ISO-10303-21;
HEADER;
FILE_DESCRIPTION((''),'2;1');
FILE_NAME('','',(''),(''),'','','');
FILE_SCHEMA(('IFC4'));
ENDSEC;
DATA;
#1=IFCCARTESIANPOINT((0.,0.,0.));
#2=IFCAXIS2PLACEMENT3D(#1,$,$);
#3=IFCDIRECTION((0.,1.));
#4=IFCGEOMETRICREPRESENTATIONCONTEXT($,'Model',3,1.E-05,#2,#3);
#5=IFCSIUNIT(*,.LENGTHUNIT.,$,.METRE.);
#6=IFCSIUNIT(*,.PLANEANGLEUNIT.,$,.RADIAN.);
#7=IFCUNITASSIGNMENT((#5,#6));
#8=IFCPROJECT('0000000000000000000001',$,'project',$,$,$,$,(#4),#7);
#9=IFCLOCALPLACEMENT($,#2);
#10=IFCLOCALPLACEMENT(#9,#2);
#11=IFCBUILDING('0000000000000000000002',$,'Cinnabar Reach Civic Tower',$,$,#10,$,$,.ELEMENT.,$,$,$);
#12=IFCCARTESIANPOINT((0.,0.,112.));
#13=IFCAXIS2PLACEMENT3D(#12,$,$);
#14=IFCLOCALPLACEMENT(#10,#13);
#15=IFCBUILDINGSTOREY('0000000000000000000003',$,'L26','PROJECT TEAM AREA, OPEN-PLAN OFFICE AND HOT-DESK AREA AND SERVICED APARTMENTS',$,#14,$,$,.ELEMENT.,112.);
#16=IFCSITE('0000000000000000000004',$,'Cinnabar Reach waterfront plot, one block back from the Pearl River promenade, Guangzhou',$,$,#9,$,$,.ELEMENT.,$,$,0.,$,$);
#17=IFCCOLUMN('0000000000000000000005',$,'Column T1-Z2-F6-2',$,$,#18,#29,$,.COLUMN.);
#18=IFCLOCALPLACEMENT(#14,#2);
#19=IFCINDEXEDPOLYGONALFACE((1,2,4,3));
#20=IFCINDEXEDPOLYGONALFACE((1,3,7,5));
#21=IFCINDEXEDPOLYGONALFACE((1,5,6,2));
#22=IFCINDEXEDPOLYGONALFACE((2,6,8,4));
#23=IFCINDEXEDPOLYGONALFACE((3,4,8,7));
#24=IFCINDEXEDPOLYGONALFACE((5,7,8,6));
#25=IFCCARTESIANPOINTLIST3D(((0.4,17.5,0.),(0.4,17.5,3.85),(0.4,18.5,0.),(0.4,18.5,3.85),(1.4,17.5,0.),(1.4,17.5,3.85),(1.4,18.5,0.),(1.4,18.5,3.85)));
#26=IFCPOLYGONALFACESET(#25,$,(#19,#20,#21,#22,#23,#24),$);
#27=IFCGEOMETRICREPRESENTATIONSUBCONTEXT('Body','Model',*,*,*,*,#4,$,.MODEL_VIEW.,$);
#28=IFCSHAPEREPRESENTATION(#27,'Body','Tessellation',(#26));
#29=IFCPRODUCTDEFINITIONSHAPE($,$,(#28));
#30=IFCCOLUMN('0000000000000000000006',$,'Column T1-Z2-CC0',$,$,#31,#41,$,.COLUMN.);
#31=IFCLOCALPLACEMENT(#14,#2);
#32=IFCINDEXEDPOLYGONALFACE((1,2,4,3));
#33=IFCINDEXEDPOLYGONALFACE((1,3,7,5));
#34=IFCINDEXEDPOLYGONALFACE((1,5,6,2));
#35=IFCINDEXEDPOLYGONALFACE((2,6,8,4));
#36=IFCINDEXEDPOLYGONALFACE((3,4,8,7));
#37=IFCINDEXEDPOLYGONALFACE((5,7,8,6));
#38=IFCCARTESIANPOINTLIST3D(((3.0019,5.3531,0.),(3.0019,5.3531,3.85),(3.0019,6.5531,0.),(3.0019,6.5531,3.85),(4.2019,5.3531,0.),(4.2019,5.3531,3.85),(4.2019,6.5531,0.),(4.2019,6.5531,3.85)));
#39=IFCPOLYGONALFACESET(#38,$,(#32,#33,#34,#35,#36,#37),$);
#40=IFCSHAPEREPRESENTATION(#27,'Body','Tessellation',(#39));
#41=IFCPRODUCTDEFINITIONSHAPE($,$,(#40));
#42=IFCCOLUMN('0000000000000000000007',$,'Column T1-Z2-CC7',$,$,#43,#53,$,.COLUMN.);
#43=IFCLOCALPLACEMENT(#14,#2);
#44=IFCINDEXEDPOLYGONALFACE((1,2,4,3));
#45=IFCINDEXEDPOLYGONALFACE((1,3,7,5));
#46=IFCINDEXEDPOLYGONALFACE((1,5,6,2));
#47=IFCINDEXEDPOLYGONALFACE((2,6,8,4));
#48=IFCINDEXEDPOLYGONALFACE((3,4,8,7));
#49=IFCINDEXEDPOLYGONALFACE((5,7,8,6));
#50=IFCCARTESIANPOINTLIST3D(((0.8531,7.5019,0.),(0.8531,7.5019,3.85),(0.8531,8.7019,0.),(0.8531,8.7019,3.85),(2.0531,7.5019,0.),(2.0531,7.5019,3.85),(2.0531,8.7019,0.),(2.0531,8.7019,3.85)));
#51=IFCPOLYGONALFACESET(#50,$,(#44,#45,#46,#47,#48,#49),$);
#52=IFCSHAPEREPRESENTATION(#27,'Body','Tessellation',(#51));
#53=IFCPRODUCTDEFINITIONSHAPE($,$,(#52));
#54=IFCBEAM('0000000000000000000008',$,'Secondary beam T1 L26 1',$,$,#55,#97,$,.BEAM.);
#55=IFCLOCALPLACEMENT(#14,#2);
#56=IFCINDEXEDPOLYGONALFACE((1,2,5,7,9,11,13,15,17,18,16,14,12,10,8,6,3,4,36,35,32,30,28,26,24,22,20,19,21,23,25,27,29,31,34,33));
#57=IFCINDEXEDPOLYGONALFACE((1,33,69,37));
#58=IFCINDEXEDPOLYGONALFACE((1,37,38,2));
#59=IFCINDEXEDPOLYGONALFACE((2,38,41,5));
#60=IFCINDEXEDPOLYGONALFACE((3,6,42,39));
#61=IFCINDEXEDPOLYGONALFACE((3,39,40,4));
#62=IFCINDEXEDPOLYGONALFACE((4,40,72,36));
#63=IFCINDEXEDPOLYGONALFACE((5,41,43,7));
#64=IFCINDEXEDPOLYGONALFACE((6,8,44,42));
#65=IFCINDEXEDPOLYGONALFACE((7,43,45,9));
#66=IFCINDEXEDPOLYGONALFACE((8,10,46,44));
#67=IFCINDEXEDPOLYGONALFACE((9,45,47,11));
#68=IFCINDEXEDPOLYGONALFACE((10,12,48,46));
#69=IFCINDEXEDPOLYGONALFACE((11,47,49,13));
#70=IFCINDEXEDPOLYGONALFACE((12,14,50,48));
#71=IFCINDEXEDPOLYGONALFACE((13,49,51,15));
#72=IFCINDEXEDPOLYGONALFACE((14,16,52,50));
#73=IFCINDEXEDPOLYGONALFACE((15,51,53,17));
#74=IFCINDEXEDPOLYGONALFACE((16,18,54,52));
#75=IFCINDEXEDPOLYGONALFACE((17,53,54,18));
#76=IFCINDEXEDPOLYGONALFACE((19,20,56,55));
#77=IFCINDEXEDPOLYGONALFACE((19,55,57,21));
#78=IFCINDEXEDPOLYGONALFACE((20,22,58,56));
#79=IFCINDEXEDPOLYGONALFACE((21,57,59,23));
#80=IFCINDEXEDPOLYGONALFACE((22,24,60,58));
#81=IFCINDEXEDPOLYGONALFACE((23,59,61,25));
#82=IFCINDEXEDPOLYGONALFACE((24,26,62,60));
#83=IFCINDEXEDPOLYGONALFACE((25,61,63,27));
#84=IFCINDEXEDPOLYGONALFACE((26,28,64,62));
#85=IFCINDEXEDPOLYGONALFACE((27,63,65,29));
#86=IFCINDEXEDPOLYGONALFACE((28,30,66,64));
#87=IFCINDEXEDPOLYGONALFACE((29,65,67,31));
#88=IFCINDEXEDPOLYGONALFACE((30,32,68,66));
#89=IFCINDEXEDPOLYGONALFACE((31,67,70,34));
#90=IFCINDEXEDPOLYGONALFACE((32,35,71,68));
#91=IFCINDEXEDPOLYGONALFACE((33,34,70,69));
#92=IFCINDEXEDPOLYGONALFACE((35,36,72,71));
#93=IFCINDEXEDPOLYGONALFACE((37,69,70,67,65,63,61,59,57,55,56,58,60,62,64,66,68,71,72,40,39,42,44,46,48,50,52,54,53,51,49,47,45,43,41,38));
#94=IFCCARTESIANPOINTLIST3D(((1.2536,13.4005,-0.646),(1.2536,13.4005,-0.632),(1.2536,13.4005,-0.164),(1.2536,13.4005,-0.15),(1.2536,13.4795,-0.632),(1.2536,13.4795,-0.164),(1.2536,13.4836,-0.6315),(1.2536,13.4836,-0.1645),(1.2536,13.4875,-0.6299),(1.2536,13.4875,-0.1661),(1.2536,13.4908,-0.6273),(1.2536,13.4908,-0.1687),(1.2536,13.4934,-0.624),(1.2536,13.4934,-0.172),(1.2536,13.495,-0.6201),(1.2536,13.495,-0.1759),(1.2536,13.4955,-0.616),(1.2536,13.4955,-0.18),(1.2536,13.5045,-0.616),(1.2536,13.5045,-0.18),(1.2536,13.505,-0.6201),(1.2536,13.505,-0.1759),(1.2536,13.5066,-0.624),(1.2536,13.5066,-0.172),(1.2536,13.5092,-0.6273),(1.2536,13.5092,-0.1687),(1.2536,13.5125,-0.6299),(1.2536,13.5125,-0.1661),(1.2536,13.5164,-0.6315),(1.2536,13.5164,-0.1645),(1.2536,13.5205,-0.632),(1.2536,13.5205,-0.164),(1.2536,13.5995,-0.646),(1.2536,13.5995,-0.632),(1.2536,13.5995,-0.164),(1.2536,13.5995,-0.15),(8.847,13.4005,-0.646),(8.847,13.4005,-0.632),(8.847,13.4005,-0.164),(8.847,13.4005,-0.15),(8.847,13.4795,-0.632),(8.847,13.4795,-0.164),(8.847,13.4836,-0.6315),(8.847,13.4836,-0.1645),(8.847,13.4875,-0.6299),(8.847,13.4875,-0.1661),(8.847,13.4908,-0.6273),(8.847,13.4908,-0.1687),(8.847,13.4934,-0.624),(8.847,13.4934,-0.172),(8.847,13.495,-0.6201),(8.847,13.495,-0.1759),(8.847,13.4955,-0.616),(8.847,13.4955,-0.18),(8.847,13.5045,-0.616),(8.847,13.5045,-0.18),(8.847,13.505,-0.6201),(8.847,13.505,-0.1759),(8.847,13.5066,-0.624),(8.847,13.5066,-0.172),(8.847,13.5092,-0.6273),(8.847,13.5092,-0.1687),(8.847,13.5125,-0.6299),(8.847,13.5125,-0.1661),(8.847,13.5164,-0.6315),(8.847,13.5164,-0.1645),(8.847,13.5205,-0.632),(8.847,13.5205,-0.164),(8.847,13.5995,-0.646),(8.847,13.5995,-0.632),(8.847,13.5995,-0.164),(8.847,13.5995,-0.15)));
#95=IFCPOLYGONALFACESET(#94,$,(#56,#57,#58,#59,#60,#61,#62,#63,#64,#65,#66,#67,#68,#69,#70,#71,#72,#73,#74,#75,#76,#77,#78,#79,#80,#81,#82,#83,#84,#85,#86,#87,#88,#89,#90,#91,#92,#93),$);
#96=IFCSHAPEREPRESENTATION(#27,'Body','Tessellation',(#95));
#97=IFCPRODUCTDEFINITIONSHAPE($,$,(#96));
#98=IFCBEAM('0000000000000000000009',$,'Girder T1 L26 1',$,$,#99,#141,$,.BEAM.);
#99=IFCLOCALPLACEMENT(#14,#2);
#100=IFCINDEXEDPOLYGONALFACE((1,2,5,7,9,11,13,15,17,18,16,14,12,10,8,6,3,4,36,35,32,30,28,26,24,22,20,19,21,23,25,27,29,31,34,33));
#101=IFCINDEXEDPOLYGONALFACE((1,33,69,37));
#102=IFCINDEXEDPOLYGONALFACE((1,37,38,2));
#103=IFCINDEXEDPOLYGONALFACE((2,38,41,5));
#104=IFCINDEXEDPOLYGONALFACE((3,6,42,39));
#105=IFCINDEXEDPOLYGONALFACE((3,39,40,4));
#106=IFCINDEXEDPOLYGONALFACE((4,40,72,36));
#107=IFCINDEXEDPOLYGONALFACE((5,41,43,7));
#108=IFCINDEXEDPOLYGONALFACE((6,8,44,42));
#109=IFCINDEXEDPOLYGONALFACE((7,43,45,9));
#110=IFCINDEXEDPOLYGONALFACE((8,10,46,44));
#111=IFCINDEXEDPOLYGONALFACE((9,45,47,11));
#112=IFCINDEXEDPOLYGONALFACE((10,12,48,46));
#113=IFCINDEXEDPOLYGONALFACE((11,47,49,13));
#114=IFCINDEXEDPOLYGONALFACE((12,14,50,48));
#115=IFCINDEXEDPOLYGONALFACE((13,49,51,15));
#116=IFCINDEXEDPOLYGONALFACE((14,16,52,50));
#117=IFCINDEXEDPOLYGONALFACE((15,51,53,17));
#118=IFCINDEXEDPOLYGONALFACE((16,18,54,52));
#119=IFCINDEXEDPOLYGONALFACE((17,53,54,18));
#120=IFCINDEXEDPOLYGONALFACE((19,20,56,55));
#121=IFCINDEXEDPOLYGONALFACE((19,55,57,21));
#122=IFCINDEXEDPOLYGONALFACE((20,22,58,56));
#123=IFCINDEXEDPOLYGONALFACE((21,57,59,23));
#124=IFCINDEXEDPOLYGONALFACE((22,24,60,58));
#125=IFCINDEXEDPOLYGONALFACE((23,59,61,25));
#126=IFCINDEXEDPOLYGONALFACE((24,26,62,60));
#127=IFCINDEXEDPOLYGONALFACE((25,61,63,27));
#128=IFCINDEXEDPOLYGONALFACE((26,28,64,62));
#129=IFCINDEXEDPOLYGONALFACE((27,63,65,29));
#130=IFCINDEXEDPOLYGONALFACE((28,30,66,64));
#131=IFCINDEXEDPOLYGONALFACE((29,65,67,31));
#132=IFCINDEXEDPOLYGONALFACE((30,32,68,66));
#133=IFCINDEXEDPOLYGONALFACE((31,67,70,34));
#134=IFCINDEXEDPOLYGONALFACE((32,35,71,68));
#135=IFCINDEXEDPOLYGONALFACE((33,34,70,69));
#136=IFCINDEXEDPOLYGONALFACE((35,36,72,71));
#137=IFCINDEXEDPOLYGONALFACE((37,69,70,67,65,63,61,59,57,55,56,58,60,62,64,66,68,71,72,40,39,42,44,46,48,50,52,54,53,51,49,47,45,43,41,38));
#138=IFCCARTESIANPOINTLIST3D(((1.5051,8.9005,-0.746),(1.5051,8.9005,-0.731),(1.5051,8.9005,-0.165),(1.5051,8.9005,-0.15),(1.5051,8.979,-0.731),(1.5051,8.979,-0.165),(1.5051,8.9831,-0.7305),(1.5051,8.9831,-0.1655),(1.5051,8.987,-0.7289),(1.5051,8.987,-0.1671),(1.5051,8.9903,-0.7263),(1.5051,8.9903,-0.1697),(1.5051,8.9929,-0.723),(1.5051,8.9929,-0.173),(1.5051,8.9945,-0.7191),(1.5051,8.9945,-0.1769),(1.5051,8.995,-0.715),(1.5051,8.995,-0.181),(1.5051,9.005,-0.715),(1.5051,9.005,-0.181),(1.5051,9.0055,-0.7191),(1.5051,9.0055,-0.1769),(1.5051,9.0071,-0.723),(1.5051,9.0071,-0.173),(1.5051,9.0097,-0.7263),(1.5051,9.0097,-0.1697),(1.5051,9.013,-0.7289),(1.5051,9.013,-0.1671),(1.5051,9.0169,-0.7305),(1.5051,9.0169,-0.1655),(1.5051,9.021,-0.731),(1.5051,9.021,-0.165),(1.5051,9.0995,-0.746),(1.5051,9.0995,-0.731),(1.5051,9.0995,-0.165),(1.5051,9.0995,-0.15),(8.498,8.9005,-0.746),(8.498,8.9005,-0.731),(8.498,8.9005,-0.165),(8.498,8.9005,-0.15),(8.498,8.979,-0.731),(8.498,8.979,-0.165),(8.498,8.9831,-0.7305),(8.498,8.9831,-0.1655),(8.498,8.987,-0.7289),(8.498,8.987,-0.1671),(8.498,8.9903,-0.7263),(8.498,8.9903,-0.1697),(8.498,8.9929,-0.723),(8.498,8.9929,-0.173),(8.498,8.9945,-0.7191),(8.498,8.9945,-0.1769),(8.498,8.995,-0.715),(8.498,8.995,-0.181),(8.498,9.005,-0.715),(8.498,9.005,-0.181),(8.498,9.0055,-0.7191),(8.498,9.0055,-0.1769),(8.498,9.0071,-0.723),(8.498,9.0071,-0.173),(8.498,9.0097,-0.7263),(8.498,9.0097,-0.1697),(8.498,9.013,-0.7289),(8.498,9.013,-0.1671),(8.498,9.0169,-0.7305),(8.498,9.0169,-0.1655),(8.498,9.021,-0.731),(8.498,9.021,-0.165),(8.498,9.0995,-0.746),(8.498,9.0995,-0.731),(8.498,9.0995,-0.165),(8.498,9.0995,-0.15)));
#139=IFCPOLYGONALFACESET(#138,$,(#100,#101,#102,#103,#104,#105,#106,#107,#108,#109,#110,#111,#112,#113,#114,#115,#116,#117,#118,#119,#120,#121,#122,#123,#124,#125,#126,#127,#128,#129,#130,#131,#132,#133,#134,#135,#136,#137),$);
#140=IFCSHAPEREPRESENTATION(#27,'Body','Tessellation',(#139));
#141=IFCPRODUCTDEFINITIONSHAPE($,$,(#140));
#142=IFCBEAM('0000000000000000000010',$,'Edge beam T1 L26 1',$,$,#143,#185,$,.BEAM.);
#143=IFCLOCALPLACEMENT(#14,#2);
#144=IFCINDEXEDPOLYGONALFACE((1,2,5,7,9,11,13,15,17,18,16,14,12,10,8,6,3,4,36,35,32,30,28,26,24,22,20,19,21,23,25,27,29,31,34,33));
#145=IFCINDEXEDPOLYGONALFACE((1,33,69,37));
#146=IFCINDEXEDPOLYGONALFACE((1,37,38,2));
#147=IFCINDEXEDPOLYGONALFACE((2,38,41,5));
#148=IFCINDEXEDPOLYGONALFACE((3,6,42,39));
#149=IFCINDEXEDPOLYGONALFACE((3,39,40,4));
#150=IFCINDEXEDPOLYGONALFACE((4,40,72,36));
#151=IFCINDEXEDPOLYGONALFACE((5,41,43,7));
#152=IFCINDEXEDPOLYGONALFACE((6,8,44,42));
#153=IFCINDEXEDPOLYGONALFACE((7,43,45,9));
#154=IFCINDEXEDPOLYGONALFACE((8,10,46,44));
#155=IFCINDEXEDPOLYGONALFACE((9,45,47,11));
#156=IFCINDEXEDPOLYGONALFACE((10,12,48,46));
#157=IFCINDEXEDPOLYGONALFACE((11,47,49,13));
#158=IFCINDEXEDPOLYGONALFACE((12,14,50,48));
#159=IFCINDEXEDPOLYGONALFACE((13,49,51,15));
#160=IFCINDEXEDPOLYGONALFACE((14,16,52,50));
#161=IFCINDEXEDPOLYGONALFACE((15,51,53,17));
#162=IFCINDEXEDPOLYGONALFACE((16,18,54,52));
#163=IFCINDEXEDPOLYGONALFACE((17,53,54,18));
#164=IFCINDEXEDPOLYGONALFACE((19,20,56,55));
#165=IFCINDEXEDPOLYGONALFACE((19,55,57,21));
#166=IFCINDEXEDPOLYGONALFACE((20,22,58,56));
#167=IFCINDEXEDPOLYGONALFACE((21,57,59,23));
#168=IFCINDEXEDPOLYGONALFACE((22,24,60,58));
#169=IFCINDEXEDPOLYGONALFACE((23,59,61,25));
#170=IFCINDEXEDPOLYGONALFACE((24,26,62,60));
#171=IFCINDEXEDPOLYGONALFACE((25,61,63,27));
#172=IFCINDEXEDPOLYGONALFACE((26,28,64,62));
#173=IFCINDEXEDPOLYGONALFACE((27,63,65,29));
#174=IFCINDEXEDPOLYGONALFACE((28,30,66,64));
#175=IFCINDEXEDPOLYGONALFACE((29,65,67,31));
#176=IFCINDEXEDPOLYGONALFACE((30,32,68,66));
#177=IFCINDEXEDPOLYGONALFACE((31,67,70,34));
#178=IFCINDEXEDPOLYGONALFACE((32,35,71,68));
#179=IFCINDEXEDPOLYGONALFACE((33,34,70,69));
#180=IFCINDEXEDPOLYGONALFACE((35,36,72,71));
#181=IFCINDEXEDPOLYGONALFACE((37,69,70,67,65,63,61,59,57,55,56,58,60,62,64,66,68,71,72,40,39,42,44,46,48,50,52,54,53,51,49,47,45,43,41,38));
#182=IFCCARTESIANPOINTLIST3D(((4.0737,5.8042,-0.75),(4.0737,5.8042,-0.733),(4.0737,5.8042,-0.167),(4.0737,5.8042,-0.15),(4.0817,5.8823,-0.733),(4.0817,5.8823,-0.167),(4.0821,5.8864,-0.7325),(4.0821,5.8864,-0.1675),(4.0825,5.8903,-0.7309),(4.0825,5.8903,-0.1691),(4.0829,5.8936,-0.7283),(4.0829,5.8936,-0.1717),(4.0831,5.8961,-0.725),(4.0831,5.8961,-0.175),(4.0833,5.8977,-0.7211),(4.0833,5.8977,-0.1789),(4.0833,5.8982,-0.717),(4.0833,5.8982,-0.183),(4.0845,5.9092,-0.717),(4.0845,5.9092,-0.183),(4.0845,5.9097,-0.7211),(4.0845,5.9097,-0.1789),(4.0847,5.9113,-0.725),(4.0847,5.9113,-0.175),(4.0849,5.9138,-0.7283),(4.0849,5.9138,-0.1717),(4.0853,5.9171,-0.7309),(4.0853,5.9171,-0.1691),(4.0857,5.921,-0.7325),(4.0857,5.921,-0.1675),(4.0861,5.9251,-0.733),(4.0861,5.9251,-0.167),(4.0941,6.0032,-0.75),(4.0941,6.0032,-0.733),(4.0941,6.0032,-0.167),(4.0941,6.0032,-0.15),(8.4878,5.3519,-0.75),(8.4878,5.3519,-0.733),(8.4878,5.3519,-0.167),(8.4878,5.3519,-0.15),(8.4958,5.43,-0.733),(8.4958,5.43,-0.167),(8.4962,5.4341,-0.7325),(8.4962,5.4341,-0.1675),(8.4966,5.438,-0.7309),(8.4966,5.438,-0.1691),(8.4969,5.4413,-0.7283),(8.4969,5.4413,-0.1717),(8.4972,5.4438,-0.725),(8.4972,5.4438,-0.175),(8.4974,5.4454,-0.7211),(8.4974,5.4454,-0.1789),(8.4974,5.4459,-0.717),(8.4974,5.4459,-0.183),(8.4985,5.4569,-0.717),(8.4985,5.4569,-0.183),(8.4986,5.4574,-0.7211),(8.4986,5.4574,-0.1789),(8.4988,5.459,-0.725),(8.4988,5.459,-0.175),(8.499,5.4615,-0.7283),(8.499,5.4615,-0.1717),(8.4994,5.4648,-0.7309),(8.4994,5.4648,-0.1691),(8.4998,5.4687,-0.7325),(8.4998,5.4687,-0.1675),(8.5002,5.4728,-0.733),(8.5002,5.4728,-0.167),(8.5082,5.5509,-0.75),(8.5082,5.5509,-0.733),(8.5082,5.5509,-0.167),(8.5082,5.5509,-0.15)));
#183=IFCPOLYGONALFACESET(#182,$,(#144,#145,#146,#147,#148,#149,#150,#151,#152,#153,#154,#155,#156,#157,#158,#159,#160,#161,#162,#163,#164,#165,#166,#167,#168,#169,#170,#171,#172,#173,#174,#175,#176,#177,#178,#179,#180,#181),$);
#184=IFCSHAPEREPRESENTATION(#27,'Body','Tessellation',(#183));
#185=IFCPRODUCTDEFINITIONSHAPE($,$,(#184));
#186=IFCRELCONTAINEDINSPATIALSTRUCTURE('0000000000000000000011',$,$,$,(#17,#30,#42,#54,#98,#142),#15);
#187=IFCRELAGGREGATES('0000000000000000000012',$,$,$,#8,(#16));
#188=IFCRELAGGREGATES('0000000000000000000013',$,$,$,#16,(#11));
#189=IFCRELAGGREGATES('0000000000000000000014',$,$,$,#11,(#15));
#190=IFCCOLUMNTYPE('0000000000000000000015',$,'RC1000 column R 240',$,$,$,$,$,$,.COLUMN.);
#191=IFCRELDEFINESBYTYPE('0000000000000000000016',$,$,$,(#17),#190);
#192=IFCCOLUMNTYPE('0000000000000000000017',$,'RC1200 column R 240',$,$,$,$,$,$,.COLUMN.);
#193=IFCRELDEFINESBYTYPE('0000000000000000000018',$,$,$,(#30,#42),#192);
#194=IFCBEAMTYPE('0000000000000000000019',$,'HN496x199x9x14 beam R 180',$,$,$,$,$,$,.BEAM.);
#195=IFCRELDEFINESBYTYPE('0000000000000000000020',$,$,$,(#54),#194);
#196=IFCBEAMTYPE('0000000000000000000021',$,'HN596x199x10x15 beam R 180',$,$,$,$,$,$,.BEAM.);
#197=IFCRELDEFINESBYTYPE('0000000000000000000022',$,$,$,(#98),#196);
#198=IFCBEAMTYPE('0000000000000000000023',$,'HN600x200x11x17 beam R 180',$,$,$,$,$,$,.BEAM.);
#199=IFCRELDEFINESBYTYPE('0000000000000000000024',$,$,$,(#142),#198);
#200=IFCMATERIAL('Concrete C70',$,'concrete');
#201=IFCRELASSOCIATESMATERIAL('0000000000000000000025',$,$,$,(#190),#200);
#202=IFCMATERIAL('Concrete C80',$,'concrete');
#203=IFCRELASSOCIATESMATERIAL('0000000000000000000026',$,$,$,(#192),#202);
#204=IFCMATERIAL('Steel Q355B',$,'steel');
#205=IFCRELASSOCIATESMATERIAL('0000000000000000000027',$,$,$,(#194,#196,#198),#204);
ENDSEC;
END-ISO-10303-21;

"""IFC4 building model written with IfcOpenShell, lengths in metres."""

from ifc_helpers import new_model, si_unit, direction, frame, origin, origin_2d, place, context, subcontext, project, spatial, rectangle, i_section, extrude, material, material_profile, profile_set, type_object, element, save


model = new_model("IFC4")

# Units and contexts
model_context = context("Model", 3, precision=1e-05, world=origin(), true_north=direction((0.0, 1.0)))
body_context = subcontext(model_context, "Body", "Model", "MODEL_VIEW")
ifc_project = project(units=[si_unit("LENGTHUNIT", "METRE"), si_unit("PLANEANGLEUNIT", "RADIAN")], contexts=[model_context])

# Site, building, storey
site_placement = place(None, origin())
site = spatial("IfcSite", under=ifc_project, at=site_placement, Name="Cinnabar Reach waterfront plot, one block back from the Pearl River promenade, Guangzhou", CompositionType="ELEMENT", RefElevation=0.0)
building_placement = place(site_placement, origin())
building = spatial("IfcBuilding", under=site, at=building_placement, Name="Cinnabar Reach Civic Tower", CompositionType="ELEMENT")
storey_placement = place(building_placement, frame((0.0, 0.0, 112.0)))
storey = spatial("IfcBuildingStorey", under=building, at=storey_placement, Name="L26", Description="PROJECT TEAM AREA, OPEN-PLAN OFFICE AND HOT-DESK AREA AND SERVICED APARTMENTS", CompositionType="ELEMENT", Elevation=112.0)

# Columns
ifc_material_1 = material(Name="Concrete C70", Category="concrete")
ifc_material_profile_1 = material_profile(ifc_material_1, rectangle(XDim=1.0, YDim=1.0, at=origin_2d()), Name="RC1000")
ifc_profile_set_1 = profile_set([ifc_material_profile_1], Name="Concrete C70")
column_type_1 = type_object("IfcColumnType", Name="RC1000 column R 240", PredefinedType="COLUMN", material=ifc_profile_set_1)
column_placement = place(storey_placement, frame((0.9, 18.0, 0.0), z_axis=(0.0, 0.0, 1.0), x_axis=(1.0, 0.0, 0.0)))
element("IfcColumn", 1, at=column_placement, inside=storey, type_object=column_type_1, Name="Column T1-Z2-F6-2", PredefinedType="COLUMN", context=body_context, shape_type="SweptSolid", body=[
    extrude(rectangle(XDim=1.0, YDim=1.0, at=origin_2d()), origin(), (0.0, 0.0, 1.0), 3.85),
])
ifc_material_2 = material(Name="Concrete C80", Category="concrete")
ifc_material_profile_2 = material_profile(ifc_material_2, rectangle(XDim=1.2, YDim=1.2, at=origin_2d()), Name="RC1200")
ifc_profile_set_2 = profile_set([ifc_material_profile_2], Name="Concrete C80")
column_type_2 = type_object("IfcColumnType", Name="RC1200 column R 240", PredefinedType="COLUMN", material=ifc_profile_set_2)
for number, where, z_axis, x_axis, name in (
    (2, (3.6019, 5.9531, 0.0), (0.0, 0.0, 1.0), (1.0, 0.0, 0.0), "Column T1-Z2-CC0"),
    (3, (1.4531, 8.1019, 0.0), (0.0, 0.0, 1.0), (1.0, 0.0, 0.0), "Column T1-Z2-CC7"),
):
    element("IfcColumn", number, at=place(storey_placement, frame(where, z_axis=z_axis, x_axis=x_axis)), inside=storey, type_object=column_type_2, Name=name, PredefinedType="COLUMN", context=body_context, shape_type="SweptSolid", body=[
        extrude(rectangle(XDim=1.2, YDim=1.2, at=origin_2d()), origin(), (0.0, 0.0, 1.0), 3.85),
    ])

# Beams
ifc_material_3 = material(Name="Steel Q355B", Category="steel")
ifc_material_profile_3 = material_profile(ifc_material_3, i_section(OverallWidth=0.199, OverallDepth=0.496, WebThickness=0.009, FlangeThickness=0.014, FilletRadius=0.016, at=origin_2d()), Name="HN496x199x9x14")
ifc_profile_set_3 = profile_set([ifc_material_profile_3], Name="Steel Q355B")
beam_type_1 = type_object("IfcBeamType", Name="HN496x199x9x14 beam R 180", PredefinedType="BEAM", material=ifc_profile_set_3)
beam_1_placement = place(storey_placement, frame((1.2536, 13.5, -0.398), z_axis=(1.0, 0.0, 0.0), x_axis=(0.0, 1.0, 0.0)))
element("IfcBeam", 4, at=beam_1_placement, inside=storey, type_object=beam_type_1, Name="Secondary beam T1 L26 1", PredefinedType="BEAM", context=body_context, shape_type="SweptSolid", body=[
    extrude(i_section(OverallWidth=0.199, OverallDepth=0.496, WebThickness=0.009, FlangeThickness=0.014, FilletRadius=0.016, at=origin_2d()), origin(), (0.0, 0.0, 1.0), 7.5934),
])
ifc_material_profile_4 = material_profile(ifc_material_3, i_section(OverallWidth=0.199, OverallDepth=0.596, WebThickness=0.01, FlangeThickness=0.015, FilletRadius=0.016, at=origin_2d()), Name="HN596x199x10x15")
ifc_profile_set_4 = profile_set([ifc_material_profile_4], Name="Steel Q355B")
beam_type_2 = type_object("IfcBeamType", Name="HN596x199x10x15 beam R 180", PredefinedType="BEAM", material=ifc_profile_set_4)
beam_2_placement = place(storey_placement, frame((1.5051, 9.0, -0.448), z_axis=(1.0, 0.0, 0.0), x_axis=(0.0, 1.0, 0.0)))
element("IfcBeam", 5, at=beam_2_placement, inside=storey, type_object=beam_type_2, Name="Girder T1 L26 1", PredefinedType="BEAM", context=body_context, shape_type="SweptSolid", body=[
    extrude(i_section(OverallWidth=0.199, OverallDepth=0.596, WebThickness=0.01, FlangeThickness=0.015, FilletRadius=0.016, at=origin_2d()), origin(), (0.0, 0.0, 1.0), 6.9929),
])
ifc_material_profile_5 = material_profile(ifc_material_3, i_section(OverallWidth=0.2, OverallDepth=0.6, WebThickness=0.011, FlangeThickness=0.017, FilletRadius=0.016, at=origin_2d()), Name="HN600x200x11x17")
ifc_profile_set_5 = profile_set([ifc_material_profile_5], Name="Steel Q355B")
beam_type_3 = type_object("IfcBeamType", Name="HN600x200x11x17 beam R 180", PredefinedType="BEAM", material=ifc_profile_set_5)
beam_3_placement = place(storey_placement, frame((4.0839, 5.9037, -0.45), z_axis=(0.994791, -0.101933, 0.0), x_axis=(0.101933, 0.994791, 0.0)))
element("IfcBeam", 6, at=beam_3_placement, inside=storey, type_object=beam_type_3, Name="Edge beam T1 L26 1", PredefinedType="BEAM", context=body_context, shape_type="SweptSolid", body=[
    extrude(i_section(OverallWidth=0.2, OverallDepth=0.6, WebThickness=0.011, FlangeThickness=0.017, FilletRadius=0.016, at=origin_2d()), origin(), (0.0, 0.0, 1.0), 4.4372),
])

save(model, "model.ifc")
